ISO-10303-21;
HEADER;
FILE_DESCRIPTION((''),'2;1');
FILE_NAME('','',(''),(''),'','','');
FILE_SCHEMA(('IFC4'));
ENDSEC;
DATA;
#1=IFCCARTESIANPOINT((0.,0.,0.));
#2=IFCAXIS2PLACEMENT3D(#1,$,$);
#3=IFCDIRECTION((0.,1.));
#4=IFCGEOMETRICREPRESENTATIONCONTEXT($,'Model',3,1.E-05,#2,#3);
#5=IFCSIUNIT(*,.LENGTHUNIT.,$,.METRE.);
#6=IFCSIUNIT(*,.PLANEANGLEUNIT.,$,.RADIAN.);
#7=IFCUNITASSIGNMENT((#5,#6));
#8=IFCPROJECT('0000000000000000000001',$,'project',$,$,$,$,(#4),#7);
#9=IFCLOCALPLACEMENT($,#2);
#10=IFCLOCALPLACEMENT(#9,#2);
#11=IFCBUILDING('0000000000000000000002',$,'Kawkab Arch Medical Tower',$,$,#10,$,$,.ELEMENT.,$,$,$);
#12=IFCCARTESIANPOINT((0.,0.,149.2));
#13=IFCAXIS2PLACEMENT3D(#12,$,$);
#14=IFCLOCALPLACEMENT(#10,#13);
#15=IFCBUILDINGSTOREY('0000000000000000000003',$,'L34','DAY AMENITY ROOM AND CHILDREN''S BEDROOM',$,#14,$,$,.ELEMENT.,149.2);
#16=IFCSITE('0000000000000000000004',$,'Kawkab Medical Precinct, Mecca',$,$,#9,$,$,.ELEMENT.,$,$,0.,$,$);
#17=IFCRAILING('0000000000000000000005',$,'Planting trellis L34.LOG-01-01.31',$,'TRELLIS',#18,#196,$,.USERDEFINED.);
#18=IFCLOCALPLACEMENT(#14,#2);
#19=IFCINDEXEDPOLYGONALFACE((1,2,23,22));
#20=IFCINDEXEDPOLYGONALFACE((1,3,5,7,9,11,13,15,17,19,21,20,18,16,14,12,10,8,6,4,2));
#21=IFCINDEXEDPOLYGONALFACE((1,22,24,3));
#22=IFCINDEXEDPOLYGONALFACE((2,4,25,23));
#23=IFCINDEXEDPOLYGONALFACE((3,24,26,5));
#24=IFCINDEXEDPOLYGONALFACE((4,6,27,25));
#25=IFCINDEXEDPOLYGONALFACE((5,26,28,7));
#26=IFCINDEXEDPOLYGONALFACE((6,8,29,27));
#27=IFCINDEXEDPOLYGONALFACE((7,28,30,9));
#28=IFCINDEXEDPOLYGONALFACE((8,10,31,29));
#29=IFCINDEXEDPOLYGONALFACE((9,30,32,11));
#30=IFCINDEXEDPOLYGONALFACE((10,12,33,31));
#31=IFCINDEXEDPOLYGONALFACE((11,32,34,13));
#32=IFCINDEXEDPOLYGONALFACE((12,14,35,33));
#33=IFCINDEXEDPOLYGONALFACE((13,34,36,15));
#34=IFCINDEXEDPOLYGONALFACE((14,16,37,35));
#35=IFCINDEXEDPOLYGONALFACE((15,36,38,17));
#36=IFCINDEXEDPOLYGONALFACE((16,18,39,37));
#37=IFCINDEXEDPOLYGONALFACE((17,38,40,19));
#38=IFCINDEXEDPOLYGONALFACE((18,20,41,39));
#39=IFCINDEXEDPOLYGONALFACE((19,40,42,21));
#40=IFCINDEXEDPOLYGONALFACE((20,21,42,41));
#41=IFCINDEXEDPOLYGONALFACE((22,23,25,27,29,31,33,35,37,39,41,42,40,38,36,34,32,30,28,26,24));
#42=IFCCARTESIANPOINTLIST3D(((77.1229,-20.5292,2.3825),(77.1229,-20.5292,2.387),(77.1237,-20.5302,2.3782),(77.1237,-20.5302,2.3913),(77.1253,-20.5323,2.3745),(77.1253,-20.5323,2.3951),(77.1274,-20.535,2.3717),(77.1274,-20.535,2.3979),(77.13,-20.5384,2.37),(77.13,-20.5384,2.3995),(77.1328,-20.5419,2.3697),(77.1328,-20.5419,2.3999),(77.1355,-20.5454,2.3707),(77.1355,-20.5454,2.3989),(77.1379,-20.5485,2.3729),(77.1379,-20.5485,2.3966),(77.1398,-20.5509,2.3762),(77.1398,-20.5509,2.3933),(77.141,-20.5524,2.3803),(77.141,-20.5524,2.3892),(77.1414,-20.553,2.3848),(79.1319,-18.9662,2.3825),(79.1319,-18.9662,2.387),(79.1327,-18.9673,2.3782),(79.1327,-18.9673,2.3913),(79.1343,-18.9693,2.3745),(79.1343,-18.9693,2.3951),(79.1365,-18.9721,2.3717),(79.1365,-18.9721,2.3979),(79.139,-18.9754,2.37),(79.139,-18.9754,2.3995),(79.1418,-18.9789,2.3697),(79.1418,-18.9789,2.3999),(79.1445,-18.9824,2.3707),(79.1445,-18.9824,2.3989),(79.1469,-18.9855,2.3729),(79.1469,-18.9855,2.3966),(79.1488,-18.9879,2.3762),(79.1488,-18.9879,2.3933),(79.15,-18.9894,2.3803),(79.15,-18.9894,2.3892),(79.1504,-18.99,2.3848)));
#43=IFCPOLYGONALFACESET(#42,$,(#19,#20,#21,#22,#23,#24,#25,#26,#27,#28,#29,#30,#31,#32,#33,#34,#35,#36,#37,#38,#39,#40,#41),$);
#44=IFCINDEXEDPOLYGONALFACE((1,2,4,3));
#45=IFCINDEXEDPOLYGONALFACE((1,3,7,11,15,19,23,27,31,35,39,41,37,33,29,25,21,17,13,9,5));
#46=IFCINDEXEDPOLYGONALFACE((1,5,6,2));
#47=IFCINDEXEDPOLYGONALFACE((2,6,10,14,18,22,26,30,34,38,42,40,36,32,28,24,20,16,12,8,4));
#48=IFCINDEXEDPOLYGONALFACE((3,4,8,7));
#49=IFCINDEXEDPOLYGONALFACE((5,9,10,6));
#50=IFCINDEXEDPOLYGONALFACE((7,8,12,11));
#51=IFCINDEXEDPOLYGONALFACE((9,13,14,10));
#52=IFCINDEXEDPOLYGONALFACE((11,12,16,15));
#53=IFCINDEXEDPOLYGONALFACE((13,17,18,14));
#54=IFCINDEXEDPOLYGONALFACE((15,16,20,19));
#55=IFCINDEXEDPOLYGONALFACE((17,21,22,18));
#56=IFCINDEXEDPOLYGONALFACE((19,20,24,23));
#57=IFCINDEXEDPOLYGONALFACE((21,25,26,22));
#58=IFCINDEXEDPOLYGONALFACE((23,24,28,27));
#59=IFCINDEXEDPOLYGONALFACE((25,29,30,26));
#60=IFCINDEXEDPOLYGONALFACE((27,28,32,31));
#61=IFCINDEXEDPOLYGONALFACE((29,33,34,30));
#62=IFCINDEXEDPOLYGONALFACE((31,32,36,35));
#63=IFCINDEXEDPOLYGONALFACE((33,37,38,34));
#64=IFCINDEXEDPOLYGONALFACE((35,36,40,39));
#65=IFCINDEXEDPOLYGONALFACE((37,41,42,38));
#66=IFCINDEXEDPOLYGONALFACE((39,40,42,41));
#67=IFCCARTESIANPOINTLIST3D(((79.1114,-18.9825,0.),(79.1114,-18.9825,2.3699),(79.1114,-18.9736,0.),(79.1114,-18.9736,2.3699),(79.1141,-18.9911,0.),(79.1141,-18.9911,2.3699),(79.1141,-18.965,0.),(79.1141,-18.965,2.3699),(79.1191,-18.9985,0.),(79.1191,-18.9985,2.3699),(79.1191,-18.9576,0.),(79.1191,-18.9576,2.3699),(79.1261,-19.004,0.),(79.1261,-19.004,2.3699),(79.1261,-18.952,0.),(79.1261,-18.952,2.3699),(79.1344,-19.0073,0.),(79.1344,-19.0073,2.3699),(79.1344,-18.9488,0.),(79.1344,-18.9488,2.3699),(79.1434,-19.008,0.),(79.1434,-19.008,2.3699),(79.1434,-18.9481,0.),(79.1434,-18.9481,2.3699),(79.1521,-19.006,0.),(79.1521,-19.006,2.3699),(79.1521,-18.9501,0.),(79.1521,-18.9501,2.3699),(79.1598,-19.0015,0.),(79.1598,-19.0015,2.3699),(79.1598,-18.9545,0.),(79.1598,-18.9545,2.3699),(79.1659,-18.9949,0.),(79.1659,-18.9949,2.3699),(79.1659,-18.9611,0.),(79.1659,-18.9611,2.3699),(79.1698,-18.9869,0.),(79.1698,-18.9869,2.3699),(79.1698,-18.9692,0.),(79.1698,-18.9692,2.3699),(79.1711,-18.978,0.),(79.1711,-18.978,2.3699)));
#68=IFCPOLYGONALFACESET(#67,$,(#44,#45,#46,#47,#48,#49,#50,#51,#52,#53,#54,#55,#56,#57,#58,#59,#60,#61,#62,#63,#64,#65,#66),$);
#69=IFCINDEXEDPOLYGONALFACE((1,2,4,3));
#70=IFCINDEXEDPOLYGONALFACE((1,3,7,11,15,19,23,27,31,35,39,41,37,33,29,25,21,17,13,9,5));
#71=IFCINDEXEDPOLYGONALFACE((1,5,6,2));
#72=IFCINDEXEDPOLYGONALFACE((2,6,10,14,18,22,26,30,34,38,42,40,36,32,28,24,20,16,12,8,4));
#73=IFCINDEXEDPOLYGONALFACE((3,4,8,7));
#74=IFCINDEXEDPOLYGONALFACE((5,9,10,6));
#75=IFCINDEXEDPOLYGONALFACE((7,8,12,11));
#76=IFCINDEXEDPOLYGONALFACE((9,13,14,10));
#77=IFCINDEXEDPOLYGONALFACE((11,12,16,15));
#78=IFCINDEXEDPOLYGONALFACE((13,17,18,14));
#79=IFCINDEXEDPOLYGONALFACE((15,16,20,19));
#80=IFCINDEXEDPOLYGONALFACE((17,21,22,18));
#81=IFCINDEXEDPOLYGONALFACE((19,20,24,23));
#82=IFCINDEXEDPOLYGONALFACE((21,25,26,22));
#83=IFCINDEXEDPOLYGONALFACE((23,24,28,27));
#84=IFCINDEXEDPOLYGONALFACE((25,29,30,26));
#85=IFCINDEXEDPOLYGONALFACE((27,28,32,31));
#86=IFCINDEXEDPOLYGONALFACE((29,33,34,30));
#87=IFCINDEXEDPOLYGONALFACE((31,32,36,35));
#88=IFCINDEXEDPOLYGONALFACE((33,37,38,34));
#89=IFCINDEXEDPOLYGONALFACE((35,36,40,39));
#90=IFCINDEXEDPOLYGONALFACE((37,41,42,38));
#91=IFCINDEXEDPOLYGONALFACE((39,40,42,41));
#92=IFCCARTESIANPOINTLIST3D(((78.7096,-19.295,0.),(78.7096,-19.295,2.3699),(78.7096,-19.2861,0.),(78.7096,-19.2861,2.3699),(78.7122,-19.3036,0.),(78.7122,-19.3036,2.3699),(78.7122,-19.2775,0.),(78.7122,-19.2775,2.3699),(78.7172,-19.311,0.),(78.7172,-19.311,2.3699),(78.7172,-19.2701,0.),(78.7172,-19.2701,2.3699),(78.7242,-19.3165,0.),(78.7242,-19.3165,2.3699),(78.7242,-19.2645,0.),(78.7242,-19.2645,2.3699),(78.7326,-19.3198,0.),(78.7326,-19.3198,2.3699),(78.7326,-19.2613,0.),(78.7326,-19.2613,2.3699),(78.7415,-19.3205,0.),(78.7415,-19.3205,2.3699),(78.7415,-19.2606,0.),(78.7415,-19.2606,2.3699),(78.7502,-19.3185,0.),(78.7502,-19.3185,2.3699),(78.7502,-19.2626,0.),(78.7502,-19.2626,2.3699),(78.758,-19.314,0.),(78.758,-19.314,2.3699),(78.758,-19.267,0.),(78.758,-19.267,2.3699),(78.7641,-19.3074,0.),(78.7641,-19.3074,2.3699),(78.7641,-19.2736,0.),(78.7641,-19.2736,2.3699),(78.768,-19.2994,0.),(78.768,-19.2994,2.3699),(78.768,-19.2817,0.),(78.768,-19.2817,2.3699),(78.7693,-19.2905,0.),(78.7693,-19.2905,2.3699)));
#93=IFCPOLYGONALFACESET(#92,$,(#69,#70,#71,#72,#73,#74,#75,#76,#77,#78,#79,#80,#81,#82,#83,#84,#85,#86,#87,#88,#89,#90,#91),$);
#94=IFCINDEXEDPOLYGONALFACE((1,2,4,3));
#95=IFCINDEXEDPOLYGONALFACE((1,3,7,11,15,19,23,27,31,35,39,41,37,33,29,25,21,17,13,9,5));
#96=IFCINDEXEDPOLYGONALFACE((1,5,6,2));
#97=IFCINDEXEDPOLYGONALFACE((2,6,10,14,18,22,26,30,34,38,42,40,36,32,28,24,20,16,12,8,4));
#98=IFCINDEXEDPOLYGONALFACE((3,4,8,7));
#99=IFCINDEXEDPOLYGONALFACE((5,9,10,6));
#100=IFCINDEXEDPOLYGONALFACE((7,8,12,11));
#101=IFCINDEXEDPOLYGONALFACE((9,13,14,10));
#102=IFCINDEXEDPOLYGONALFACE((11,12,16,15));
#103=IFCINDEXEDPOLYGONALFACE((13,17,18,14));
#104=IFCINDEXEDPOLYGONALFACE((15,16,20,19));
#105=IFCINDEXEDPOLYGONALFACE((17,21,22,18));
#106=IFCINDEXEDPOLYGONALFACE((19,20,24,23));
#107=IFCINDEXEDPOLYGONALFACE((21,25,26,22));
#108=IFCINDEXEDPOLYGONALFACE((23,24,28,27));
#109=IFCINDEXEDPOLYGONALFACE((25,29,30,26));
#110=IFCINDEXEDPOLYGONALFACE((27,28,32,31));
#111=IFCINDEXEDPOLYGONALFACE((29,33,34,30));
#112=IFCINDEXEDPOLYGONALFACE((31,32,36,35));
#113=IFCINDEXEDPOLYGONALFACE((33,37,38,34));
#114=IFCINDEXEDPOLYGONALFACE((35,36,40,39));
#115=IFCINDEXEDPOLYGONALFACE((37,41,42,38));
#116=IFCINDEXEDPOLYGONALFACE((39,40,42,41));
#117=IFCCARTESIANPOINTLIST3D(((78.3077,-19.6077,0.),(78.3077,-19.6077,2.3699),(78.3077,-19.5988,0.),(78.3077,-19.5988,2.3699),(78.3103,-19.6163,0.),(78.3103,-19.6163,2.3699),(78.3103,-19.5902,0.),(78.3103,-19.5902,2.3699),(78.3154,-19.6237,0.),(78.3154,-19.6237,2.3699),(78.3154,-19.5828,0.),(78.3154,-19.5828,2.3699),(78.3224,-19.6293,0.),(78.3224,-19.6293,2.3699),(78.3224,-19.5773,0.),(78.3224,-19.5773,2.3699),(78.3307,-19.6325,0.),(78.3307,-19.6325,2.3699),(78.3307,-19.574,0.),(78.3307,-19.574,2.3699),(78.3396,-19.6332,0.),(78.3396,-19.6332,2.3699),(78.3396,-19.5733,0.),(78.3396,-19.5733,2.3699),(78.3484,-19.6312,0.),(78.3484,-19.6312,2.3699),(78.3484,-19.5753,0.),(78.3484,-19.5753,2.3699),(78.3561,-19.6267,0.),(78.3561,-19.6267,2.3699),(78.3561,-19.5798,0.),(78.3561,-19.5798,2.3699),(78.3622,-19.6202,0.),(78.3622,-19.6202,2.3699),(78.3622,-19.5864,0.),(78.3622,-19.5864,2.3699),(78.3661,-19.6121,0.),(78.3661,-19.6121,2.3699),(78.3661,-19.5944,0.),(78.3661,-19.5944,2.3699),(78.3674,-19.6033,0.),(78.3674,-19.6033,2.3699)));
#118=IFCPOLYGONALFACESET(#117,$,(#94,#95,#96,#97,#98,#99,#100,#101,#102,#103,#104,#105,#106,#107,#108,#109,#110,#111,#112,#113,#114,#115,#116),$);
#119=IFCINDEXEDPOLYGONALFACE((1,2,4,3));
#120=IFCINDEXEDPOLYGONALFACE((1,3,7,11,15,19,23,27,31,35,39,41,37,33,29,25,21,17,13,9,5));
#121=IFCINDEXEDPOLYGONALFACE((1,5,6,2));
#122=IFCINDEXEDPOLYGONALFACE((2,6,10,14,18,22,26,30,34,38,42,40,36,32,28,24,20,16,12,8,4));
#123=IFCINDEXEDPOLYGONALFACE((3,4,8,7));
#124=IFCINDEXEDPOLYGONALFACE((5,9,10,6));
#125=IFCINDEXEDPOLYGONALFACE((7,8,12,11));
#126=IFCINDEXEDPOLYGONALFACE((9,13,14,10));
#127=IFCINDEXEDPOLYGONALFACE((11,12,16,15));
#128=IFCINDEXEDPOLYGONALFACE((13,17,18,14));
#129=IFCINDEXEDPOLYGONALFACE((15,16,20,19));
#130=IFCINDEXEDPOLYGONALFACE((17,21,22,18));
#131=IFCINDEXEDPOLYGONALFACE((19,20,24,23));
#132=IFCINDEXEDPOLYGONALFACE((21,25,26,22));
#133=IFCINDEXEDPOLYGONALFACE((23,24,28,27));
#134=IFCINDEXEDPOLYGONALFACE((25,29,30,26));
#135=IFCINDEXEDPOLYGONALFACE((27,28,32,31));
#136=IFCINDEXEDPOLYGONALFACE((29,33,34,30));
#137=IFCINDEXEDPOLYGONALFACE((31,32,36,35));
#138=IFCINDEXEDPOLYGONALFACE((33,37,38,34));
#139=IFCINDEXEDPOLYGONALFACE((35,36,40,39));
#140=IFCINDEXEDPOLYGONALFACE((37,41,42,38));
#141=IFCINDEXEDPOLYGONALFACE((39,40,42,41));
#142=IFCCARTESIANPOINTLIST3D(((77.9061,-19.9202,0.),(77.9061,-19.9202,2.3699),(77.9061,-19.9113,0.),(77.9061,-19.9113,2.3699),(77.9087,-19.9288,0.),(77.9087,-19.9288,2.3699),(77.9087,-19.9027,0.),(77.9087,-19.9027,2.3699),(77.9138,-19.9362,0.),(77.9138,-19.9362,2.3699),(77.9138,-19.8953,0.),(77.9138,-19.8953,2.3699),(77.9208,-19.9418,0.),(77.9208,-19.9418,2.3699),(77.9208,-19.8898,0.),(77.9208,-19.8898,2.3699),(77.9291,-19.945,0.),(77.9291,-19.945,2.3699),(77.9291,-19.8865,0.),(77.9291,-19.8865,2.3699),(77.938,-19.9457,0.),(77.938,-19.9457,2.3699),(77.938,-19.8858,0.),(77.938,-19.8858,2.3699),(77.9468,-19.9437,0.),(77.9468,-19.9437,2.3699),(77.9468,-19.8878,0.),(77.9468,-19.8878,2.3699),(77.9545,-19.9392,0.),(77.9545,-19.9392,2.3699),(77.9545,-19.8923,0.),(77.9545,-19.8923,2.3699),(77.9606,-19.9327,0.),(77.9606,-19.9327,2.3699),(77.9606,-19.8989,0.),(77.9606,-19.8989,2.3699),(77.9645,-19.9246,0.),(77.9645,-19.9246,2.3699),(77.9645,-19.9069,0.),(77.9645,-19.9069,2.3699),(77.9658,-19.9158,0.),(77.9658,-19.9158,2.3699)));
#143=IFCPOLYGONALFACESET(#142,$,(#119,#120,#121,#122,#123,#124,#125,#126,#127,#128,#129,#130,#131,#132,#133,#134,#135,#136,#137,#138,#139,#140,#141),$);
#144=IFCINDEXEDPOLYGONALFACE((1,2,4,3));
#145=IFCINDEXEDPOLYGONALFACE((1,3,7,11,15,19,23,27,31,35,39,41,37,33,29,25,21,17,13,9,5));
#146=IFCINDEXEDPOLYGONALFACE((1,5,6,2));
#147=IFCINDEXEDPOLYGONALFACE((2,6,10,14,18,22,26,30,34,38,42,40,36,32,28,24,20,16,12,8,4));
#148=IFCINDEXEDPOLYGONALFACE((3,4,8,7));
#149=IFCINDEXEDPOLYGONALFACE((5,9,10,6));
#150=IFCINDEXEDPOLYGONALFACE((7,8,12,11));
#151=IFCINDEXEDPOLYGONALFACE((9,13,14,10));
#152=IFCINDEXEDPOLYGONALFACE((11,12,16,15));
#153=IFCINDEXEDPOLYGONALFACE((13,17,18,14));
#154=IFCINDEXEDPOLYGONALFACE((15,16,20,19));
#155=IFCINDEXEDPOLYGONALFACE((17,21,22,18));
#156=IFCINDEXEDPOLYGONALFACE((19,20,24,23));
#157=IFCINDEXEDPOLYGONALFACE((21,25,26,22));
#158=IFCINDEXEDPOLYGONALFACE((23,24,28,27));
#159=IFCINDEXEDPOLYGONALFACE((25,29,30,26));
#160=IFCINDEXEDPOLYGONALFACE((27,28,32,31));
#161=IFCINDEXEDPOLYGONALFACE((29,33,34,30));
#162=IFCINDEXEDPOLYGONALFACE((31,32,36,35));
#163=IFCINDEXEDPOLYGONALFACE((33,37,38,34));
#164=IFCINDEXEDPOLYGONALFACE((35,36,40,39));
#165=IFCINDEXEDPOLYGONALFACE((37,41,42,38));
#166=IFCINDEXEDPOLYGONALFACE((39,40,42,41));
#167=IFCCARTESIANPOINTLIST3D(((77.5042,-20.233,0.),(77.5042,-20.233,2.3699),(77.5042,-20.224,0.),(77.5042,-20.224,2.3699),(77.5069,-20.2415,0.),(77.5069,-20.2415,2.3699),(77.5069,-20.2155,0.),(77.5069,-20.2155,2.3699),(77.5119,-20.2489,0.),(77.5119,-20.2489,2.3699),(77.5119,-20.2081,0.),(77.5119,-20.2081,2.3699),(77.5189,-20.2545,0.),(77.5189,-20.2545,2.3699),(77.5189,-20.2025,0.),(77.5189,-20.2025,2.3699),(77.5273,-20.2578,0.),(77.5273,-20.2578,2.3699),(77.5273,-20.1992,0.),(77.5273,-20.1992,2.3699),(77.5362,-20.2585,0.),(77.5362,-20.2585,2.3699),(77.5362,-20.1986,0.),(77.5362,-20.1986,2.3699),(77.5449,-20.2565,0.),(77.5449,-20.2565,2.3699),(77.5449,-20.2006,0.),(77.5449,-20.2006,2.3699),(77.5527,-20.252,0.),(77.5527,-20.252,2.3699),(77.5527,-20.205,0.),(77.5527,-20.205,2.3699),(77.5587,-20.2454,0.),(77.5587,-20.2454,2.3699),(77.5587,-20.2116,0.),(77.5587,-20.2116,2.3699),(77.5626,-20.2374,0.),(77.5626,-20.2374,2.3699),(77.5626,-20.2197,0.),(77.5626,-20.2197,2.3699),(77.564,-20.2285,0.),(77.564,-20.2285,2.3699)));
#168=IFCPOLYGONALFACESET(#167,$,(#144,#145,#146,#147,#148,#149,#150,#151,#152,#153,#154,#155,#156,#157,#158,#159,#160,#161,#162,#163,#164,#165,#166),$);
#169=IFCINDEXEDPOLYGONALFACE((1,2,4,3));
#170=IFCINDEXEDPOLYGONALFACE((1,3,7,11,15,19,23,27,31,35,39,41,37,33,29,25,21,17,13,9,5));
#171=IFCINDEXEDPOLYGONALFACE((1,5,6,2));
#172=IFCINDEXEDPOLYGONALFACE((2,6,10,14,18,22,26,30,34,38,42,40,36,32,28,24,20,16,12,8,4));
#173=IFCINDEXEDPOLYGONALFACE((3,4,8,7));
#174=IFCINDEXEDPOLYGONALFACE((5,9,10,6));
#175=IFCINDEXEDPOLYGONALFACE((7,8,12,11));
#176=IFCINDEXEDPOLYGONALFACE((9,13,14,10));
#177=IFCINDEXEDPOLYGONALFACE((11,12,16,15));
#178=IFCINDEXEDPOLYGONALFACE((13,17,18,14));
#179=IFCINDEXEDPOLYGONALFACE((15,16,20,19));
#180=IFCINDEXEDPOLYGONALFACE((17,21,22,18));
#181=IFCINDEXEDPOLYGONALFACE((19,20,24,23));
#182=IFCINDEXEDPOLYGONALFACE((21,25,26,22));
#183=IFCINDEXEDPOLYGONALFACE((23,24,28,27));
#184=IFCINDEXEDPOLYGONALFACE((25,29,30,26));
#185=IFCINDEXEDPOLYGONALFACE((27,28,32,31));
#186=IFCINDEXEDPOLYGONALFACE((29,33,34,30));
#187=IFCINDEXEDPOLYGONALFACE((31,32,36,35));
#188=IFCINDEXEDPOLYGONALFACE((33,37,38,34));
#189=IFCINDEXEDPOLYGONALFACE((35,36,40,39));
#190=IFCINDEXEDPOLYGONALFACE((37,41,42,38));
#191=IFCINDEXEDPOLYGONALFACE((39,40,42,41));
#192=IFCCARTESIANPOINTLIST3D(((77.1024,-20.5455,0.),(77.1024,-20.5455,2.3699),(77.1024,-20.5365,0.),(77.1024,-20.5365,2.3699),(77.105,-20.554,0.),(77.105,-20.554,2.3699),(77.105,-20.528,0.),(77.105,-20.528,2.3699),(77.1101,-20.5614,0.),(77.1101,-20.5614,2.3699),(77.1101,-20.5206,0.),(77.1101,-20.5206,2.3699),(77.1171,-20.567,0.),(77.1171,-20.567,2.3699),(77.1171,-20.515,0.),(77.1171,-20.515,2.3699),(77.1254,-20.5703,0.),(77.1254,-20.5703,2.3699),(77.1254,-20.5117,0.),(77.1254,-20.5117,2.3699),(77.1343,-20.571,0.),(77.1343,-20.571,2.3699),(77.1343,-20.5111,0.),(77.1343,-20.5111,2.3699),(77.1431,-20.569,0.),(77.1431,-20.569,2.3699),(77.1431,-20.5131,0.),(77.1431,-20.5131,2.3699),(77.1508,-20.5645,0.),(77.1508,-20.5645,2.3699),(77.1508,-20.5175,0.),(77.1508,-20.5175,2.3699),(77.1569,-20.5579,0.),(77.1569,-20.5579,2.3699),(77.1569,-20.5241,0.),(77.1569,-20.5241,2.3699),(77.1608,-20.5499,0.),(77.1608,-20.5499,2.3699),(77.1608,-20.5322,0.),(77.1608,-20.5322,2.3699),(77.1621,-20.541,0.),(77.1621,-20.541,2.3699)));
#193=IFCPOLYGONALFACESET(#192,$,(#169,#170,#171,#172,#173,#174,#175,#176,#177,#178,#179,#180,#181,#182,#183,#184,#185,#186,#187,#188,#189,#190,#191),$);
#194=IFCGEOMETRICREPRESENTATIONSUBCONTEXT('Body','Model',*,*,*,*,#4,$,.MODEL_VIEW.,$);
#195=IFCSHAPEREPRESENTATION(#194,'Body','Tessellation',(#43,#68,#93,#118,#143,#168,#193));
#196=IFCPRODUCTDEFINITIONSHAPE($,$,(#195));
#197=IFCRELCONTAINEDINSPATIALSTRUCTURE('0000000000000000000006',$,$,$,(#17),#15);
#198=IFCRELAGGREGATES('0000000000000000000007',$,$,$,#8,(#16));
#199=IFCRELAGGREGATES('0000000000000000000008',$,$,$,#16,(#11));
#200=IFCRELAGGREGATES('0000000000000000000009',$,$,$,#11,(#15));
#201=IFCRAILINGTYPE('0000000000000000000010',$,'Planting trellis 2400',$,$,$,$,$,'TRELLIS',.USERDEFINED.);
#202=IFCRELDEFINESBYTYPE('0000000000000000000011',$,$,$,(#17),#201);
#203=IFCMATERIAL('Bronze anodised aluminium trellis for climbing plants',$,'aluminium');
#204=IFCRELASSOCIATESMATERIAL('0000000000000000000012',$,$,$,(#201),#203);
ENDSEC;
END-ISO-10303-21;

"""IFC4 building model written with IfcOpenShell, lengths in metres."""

from ifc_helpers import new_model, si_unit, direction, frame, origin, origin_2d, place, context, subcontext, project, spatial, circle, extrude, material, type_object, element, save


model = new_model("IFC4")

# Units and contexts
model_context = context("Model", 3, precision=1e-05, world=origin(), true_north=direction((0.0, 1.0)))
body_context = subcontext(model_context, "Body", "Model", "MODEL_VIEW")
ifc_project = project(units=[si_unit("LENGTHUNIT", "METRE"), si_unit("PLANEANGLEUNIT", "RADIAN")], contexts=[model_context])

# Site, building, storey
site_placement = place(None, origin())
site = spatial("IfcSite", under=ifc_project, at=site_placement, Name="Kawkab Medical Precinct, Mecca", CompositionType="ELEMENT", RefElevation=0.0)
building_placement = place(site_placement, origin())
building = spatial("IfcBuilding", under=site, at=building_placement, Name="Kawkab Arch Medical Tower", CompositionType="ELEMENT")
storey_placement = place(building_placement, frame((0.0, 0.0, 149.2)))
storey = spatial("IfcBuildingStorey", under=building, at=storey_placement, Name="L34", Description="DAY AMENITY ROOM AND CHILDREN'S BEDROOM", CompositionType="ELEMENT", Elevation=149.2)

# Railing
ifc_material_1 = material(Name="Bronze anodised aluminium trellis for climbing plants", Category="aluminium")
railing_type = type_object("IfcRailingType", Name="Planting trellis 2400", ElementType="TRELLIS", PredefinedType="USERDEFINED", material=ifc_material_1)
railing_1_placement = place(storey_placement, frame((79.1411, -18.978, 0.0)))
element("IfcRailing", 1, at=railing_1_placement, inside=storey, type_object=railing_type, Name="Planting trellis L34.LOG-01-01.31", ObjectType="TRELLIS", PredefinedType="USERDEFINED", context=body_context, shape_type="SweptSolid", body=[
    extrude(circle(Radius=0.0151, at=origin_2d()), frame((0.0, 0.0, 2.3848), z_axis=(-0.789275, -0.61404, 0.0), x_axis=(0.61404, -0.789275, 0.0)), (0.0, 0.0, 1.0), 2.5454),
    extrude(circle(Radius=0.03, at=origin_2d()), origin(), (0.0, 0.0, 1.0), 2.3699),
    extrude(circle(Radius=0.03, at=origin_2d()), frame((-0.4019, -0.3125, 0.0)), (0.0, 0.0, 1.0), 2.3699),
    extrude(circle(Radius=0.03, at=origin_2d()), frame((-0.8037, -0.6252, 0.0)), (0.0, 0.0, 1.0), 2.3699),
    extrude(circle(Radius=0.03, at=origin_2d()), frame((-1.2053, -0.9377, 0.0)), (0.0, 0.0, 1.0), 2.3699),
    extrude(circle(Radius=0.03, at=origin_2d()), frame((-1.6072, -1.2505, 0.0)), (0.0, 0.0, 1.0), 2.3699),
    extrude(circle(Radius=0.03, at=origin_2d()), frame((-2.009, -1.563, 0.0)), (0.0, 0.0, 1.0), 2.3699),
])

save(model, "model.ifc")
